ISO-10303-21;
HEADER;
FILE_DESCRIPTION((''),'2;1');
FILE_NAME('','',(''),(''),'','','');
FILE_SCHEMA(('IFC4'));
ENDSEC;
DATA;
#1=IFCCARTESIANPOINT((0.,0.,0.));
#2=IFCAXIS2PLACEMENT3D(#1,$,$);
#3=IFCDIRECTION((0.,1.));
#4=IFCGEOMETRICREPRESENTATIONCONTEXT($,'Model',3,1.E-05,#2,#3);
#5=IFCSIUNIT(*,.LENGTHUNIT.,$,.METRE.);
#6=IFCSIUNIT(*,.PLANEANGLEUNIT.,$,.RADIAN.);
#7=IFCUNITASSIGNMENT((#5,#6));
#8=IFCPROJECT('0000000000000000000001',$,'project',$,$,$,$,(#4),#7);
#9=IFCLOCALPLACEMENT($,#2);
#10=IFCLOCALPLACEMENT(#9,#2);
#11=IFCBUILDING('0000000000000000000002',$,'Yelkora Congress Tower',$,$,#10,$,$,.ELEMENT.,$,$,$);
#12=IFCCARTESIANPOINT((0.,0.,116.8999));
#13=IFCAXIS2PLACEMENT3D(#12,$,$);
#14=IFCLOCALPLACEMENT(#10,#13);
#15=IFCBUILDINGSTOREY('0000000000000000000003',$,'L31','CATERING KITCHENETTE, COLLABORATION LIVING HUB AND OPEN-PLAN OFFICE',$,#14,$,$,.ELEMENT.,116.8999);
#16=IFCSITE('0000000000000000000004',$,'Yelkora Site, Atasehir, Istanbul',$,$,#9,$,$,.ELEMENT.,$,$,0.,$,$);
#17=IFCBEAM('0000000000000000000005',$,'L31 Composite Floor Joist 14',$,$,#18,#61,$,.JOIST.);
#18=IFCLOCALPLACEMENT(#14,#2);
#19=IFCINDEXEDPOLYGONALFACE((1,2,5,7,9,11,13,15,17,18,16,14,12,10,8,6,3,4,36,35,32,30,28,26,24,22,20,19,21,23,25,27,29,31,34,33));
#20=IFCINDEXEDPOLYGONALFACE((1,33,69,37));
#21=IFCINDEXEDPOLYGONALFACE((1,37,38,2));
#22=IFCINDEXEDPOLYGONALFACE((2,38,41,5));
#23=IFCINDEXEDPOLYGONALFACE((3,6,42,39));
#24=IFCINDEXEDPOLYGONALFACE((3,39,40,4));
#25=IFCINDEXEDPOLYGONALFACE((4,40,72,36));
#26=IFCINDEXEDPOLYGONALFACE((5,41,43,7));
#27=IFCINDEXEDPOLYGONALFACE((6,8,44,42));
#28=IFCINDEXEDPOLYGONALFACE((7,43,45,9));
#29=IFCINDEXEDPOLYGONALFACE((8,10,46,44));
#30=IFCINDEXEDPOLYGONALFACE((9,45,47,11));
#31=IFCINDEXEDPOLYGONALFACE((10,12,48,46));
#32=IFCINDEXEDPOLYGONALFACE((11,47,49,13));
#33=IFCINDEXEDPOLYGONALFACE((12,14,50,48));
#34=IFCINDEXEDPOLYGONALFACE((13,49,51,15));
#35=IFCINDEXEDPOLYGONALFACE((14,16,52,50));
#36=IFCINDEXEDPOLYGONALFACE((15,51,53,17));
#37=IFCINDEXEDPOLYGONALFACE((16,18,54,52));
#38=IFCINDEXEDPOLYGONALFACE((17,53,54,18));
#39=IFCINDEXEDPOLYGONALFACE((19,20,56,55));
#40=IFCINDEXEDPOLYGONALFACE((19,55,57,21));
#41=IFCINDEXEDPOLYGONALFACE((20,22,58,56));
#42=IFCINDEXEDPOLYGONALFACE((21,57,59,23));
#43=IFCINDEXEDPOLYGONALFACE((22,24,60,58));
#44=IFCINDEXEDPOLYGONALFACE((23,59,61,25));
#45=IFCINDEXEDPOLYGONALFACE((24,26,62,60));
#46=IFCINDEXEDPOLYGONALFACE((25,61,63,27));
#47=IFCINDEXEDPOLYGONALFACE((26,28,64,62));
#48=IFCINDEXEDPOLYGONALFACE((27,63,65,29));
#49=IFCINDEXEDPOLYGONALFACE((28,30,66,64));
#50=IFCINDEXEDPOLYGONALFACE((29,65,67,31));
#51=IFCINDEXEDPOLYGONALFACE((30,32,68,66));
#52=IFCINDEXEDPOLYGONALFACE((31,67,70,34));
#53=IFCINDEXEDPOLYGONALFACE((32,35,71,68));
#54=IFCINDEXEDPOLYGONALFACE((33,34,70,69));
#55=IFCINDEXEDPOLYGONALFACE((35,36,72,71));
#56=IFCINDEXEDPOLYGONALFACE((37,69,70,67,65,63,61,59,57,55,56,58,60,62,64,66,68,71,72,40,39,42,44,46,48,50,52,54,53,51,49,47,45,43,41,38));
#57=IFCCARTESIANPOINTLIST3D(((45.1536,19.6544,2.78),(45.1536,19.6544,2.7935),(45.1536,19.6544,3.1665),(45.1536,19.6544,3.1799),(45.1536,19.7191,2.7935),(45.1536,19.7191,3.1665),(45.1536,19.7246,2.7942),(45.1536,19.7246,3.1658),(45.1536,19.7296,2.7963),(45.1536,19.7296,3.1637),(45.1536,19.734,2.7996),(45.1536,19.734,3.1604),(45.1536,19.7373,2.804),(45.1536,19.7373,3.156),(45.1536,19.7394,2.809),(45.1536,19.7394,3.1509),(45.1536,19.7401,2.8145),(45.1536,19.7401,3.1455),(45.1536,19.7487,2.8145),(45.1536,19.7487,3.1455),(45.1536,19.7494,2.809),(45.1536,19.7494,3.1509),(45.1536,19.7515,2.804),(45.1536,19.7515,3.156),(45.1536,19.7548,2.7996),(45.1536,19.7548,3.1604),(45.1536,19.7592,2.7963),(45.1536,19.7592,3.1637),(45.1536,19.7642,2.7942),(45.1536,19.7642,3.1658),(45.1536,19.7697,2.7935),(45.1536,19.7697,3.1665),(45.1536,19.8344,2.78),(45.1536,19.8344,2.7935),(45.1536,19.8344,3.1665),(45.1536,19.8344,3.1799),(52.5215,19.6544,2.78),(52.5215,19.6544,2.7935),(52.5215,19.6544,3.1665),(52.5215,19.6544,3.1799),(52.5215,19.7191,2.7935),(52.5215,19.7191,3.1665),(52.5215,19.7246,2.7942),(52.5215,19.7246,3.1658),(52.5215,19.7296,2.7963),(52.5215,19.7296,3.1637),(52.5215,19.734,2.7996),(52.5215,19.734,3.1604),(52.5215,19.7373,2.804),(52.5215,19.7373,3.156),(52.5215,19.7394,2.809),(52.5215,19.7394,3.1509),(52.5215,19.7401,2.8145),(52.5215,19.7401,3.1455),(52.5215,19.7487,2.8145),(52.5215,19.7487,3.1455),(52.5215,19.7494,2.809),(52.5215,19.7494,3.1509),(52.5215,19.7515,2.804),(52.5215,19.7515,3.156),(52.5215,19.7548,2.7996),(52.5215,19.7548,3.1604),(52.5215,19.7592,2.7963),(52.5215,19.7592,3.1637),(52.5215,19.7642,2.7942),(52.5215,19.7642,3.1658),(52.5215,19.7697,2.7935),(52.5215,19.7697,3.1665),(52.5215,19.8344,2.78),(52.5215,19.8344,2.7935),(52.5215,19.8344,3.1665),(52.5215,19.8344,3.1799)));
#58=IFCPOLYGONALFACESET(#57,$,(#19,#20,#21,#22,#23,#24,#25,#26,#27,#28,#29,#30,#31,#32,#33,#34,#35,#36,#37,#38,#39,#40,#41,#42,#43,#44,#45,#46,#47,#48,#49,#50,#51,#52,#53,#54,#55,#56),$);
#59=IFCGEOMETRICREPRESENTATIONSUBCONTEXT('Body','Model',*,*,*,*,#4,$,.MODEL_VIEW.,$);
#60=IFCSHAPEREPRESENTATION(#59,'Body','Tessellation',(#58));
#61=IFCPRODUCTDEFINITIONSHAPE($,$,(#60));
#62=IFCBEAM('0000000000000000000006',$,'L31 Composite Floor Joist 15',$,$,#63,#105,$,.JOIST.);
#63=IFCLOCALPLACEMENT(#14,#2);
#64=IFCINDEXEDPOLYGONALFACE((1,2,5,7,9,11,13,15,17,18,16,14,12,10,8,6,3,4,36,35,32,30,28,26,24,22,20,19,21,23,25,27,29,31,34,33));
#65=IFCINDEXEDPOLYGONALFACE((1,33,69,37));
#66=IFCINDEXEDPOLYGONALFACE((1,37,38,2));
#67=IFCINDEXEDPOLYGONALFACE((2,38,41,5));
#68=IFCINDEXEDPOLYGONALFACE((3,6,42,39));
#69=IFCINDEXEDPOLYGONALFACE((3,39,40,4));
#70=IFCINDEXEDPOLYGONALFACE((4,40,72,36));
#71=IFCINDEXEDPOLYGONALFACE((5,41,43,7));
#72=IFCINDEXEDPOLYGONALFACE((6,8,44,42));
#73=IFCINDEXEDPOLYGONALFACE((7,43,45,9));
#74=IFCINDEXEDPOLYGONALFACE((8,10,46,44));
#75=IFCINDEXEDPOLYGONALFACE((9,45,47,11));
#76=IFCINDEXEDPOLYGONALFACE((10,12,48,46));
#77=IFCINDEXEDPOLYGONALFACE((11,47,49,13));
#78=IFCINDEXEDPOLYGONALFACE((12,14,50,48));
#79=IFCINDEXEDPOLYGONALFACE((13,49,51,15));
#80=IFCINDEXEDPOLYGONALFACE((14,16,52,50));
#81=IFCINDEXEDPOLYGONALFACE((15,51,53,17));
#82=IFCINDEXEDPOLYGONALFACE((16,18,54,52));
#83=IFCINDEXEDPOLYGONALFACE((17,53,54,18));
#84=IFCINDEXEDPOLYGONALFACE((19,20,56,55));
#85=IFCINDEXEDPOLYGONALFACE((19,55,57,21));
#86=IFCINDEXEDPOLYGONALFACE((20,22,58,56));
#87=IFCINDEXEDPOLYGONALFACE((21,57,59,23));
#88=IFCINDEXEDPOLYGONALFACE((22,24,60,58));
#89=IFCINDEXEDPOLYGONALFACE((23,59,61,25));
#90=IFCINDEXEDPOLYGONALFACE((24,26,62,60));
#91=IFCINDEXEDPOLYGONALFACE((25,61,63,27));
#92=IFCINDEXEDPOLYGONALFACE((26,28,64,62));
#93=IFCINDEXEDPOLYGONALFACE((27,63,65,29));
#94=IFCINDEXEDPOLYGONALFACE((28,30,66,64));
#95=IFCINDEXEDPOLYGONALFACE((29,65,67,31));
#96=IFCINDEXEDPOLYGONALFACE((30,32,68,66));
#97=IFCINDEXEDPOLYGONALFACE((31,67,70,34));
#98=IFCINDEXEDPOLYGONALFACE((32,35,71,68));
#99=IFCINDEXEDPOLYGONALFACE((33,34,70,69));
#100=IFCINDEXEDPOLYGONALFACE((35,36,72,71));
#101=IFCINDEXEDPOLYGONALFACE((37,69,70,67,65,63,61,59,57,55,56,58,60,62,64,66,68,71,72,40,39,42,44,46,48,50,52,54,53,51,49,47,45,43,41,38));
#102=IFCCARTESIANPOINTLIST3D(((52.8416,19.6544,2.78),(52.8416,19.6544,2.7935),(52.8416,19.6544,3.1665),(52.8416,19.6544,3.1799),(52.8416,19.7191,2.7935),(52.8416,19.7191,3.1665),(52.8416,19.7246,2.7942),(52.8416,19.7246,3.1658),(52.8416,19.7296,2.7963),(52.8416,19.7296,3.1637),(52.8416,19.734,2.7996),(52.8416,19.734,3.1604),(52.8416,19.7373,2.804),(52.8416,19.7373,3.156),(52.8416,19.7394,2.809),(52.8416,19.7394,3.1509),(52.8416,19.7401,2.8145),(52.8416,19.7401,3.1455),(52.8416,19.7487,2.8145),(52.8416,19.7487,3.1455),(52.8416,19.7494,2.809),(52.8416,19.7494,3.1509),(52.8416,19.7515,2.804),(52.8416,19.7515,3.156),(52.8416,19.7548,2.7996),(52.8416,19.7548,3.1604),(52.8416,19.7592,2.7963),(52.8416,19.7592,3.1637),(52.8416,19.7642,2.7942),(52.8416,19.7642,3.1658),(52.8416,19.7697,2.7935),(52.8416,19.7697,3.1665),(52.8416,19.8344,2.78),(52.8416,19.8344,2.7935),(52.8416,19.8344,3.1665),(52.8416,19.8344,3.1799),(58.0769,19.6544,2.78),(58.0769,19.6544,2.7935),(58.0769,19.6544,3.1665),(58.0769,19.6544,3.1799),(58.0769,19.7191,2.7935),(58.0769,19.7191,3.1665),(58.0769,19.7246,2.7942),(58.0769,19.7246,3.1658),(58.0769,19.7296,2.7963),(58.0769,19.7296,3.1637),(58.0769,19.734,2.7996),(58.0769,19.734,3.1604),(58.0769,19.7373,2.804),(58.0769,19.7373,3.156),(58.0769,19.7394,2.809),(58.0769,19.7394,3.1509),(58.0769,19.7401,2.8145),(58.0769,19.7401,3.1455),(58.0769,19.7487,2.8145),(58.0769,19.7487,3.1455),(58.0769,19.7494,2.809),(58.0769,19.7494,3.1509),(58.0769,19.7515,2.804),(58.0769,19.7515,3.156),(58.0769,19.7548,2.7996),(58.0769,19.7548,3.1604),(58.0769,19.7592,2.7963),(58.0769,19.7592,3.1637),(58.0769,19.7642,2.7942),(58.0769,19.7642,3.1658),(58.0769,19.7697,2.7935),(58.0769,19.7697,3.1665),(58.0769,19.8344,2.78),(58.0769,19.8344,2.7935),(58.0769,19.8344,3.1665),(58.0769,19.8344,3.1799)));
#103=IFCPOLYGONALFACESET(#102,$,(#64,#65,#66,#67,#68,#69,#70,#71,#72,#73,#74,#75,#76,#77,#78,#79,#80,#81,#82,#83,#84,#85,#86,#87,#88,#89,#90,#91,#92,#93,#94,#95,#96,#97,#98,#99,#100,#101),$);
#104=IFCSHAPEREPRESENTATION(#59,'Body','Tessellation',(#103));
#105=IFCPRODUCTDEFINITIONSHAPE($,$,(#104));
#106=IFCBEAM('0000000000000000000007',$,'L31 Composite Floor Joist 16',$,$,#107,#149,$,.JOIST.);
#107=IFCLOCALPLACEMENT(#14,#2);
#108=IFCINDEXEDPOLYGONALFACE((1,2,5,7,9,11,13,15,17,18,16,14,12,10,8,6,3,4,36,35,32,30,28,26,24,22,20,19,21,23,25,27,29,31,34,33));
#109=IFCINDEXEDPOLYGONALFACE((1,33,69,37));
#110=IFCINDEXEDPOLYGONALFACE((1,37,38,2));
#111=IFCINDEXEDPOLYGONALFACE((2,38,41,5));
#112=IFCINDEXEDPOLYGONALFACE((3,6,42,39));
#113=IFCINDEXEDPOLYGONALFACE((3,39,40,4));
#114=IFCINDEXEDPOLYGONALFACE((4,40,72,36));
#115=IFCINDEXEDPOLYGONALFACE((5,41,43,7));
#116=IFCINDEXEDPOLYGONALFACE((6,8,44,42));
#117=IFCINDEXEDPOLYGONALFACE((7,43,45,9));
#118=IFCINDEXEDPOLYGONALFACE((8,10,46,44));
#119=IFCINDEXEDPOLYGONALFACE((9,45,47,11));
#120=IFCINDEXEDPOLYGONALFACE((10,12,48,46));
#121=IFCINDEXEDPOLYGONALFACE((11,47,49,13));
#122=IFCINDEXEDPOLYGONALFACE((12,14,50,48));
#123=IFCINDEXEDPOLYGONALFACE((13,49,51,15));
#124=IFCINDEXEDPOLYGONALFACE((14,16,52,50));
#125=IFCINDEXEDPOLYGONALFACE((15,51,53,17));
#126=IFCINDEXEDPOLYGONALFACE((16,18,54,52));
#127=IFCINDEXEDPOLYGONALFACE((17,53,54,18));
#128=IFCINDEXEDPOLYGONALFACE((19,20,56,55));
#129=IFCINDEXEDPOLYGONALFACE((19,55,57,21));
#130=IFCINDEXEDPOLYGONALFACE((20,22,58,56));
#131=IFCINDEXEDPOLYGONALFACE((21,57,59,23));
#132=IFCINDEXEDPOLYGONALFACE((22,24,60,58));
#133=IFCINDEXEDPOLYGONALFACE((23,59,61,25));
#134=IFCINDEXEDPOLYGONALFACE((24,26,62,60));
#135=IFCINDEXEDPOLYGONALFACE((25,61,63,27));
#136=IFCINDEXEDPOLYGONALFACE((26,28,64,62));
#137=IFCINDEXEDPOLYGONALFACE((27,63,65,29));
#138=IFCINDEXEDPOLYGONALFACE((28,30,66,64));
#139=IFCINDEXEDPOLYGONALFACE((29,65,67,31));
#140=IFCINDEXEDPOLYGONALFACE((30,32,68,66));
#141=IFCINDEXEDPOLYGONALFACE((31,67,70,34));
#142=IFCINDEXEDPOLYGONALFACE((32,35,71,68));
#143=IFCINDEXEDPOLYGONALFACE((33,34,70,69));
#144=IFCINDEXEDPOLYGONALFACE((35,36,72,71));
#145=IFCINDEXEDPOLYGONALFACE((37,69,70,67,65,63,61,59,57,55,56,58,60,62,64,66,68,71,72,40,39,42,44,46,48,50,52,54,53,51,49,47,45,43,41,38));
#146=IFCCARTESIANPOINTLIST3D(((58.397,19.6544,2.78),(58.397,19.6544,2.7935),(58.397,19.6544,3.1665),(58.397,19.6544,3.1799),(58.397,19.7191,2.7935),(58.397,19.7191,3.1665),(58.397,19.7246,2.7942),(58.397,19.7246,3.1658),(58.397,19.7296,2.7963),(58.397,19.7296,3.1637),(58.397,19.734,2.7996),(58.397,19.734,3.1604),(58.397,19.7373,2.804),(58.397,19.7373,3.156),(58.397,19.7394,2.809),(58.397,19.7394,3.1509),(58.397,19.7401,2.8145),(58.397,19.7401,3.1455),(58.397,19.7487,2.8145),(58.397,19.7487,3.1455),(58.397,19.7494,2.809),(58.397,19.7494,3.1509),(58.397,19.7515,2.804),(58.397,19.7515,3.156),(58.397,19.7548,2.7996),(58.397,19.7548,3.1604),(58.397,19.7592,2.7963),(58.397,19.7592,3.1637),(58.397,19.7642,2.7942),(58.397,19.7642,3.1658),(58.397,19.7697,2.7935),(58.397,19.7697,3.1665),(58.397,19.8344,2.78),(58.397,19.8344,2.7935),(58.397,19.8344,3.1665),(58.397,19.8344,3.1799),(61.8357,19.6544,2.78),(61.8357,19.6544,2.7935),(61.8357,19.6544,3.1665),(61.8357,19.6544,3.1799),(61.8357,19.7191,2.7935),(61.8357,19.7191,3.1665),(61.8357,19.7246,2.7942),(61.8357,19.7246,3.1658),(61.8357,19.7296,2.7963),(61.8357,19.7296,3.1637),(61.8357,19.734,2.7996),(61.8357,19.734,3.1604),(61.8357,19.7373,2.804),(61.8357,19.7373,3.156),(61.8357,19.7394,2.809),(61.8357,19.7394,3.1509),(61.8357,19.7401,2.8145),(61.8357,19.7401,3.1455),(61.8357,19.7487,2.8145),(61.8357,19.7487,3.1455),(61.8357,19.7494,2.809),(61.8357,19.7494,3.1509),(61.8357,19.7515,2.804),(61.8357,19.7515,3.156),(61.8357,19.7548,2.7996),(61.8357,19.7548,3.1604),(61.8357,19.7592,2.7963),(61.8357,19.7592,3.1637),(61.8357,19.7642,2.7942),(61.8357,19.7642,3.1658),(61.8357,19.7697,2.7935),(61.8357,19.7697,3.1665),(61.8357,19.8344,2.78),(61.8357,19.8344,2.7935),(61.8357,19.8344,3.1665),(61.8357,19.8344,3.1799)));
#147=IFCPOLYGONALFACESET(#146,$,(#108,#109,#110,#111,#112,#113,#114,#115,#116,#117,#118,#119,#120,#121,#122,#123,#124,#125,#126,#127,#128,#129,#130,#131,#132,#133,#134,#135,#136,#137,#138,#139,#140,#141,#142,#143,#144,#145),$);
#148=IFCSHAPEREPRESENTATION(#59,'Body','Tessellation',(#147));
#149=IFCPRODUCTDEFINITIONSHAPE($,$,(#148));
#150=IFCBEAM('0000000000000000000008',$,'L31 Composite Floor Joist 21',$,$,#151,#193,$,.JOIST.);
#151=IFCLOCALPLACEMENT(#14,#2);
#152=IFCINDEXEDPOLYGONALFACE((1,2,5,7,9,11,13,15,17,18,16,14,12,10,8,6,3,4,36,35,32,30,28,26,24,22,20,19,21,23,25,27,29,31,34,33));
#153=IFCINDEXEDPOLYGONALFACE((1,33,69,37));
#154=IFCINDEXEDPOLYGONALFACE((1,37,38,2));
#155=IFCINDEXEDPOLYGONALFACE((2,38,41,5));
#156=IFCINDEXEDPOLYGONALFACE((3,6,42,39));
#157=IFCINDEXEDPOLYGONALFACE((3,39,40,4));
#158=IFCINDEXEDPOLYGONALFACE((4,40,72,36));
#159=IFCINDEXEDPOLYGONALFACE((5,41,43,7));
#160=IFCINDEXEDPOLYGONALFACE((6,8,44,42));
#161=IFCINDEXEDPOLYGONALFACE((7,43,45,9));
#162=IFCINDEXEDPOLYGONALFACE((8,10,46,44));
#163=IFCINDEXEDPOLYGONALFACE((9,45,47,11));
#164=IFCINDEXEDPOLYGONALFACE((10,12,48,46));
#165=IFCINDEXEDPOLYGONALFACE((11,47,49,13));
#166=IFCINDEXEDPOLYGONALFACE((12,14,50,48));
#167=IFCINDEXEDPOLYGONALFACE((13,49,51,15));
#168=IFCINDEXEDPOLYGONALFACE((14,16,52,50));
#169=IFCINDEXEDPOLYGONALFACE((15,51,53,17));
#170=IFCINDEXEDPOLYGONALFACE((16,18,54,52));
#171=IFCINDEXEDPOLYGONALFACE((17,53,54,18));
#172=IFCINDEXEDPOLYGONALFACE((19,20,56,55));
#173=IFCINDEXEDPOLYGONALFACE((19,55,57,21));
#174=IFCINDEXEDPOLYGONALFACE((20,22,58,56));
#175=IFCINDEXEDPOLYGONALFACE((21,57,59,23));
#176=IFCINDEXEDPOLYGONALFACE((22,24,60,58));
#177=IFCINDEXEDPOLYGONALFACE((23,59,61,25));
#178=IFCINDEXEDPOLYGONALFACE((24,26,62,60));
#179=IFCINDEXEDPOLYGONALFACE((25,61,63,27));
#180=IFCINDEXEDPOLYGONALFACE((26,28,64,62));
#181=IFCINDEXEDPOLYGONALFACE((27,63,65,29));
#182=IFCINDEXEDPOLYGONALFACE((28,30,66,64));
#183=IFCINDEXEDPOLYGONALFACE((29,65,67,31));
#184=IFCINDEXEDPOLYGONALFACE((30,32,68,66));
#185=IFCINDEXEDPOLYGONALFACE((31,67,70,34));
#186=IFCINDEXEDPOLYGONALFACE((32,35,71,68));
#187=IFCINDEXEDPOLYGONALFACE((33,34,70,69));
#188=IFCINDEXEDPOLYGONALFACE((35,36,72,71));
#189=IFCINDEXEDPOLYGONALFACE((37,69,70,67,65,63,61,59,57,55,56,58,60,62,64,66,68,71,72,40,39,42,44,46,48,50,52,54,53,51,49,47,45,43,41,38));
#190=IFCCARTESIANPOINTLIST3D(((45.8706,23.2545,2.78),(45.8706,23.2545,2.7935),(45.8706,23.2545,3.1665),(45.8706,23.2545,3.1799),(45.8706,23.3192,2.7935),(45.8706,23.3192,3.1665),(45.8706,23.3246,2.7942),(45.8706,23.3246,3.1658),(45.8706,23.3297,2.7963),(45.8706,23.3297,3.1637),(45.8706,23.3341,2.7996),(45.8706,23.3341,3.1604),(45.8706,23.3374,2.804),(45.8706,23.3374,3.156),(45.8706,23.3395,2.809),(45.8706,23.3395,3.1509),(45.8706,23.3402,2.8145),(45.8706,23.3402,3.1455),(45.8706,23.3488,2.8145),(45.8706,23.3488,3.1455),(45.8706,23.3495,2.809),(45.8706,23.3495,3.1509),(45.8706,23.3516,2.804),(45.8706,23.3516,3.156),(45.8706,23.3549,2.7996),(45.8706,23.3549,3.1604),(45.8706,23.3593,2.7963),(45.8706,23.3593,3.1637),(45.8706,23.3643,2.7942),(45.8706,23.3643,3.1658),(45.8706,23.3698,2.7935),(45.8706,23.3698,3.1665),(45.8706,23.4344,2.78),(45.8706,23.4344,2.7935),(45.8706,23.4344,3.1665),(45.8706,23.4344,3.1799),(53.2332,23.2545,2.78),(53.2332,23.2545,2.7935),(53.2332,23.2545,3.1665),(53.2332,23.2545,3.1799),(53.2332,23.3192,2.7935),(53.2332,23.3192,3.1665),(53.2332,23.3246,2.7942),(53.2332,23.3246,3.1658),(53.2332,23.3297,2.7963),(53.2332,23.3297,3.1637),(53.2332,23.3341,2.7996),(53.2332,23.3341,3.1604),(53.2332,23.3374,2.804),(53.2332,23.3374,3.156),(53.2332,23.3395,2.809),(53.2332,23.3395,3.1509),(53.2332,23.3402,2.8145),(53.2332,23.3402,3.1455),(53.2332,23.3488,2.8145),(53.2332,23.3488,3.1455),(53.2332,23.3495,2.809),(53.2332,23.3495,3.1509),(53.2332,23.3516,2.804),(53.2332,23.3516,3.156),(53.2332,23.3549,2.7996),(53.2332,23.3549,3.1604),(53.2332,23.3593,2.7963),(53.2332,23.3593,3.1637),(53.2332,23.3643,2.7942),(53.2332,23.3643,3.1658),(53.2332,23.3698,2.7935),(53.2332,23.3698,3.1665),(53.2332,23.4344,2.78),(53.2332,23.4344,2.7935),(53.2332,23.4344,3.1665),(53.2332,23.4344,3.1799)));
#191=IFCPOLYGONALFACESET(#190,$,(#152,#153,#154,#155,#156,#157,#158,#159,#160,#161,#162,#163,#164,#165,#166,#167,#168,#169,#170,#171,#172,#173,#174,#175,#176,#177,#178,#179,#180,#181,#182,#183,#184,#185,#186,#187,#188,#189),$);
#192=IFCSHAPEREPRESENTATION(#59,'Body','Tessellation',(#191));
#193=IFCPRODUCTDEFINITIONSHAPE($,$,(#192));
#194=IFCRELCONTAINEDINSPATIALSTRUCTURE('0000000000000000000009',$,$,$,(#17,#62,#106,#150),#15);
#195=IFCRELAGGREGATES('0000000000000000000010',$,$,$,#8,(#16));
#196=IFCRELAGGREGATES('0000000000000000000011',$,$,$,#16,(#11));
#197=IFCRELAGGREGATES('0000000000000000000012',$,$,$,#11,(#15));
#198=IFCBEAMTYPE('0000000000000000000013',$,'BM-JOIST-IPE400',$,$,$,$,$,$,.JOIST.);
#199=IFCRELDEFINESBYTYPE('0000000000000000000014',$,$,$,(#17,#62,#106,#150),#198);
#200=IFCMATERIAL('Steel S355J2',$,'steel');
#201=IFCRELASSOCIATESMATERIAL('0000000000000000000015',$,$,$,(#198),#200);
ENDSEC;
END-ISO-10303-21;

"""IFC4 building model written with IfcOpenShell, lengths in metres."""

from ifc_helpers import new_model, si_unit, direction, frame, origin, origin_2d, place, context, subcontext, project, spatial, i_section, extrude, material, material_profile, profile_set, type_object, element, save


model = new_model("IFC4")

# Units and contexts
model_context = context("Model", 3, precision=1e-05, world=origin(), true_north=direction((0.0, 1.0)))
body_context = subcontext(model_context, "Body", "Model", "MODEL_VIEW")
ifc_project = project(units=[si_unit("LENGTHUNIT", "METRE"), si_unit("PLANEANGLEUNIT", "RADIAN")], contexts=[model_context])

# Site, building, storey
site_placement = place(None, origin())
site = spatial("IfcSite", under=ifc_project, at=site_placement, Name="Yelkora Site, Atasehir, Istanbul", CompositionType="ELEMENT", RefElevation=0.0)
building_placement = place(site_placement, origin())
building = spatial("IfcBuilding", under=site, at=building_placement, Name="Yelkora Congress Tower", CompositionType="ELEMENT")
storey_placement = place(building_placement, frame((0.0, 0.0, 116.8999)))
storey = spatial("IfcBuildingStorey", under=building, at=storey_placement, Name="L31", Description="CATERING KITCHENETTE, COLLABORATION LIVING HUB AND OPEN-PLAN OFFICE", CompositionType="ELEMENT", Elevation=116.8999)

# Beams
ifc_material_1 = material(Name="Steel S355J2", Category="steel")
ifc_material_profile_1 = material_profile(ifc_material_1, i_section(OverallWidth=0.1799, OverallDepth=0.3999, WebThickness=0.0085, FlangeThickness=0.0134, FilletRadius=0.021, at=origin_2d()), Name="IPE 400")
ifc_profile_set_1 = profile_set([ifc_material_profile_1], Name="Steel S355J2")
beam_type_1 = type_object("IfcBeamType", Name="BM-JOIST-IPE400", PredefinedType="JOIST", material=ifc_profile_set_1)
beam_1_placement = place(storey_placement, frame((45.1536, 19.7444, 2.98), z_axis=(1.0, 0.0, 0.0), x_axis=(0.0, 1.0, 0.0)))
element("IfcBeam", 1, at=beam_1_placement, inside=storey, type_object=beam_type_1, Name="L31 Composite Floor Joist 14", PredefinedType="JOIST", context=body_context, shape_type="SweptSolid", body=[
    extrude(i_section(OverallWidth=0.1799, OverallDepth=0.3999, WebThickness=0.0085, FlangeThickness=0.0134, FilletRadius=0.021, at=origin_2d()), origin(), (0.0, 0.0, 1.0), 7.3679),
])
beam_2_placement = place(storey_placement, frame((52.8416, 19.7444, 2.98), z_axis=(1.0, 0.0, 0.0), x_axis=(0.0, 1.0, 0.0)))
element("IfcBeam", 2, at=beam_2_placement, inside=storey, type_object=beam_type_1, Name="L31 Composite Floor Joist 15", PredefinedType="JOIST", context=body_context, shape_type="SweptSolid", body=[
    extrude(i_section(OverallWidth=0.1799, OverallDepth=0.3999, WebThickness=0.0085, FlangeThickness=0.0134, FilletRadius=0.021, at=origin_2d()), origin(), (0.0, 0.0, 1.0), 5.2354),
])
beam_3_placement = place(storey_placement, frame((58.397, 19.7444, 2.98), z_axis=(1.0, 0.0, 0.0), x_axis=(0.0, 1.0, 0.0)))
element("IfcBeam", 3, at=beam_3_placement, inside=storey, type_object=beam_type_1, Name="L31 Composite Floor Joist 16", PredefinedType="JOIST", context=body_context, shape_type="SweptSolid", body=[
    extrude(i_section(OverallWidth=0.1799, OverallDepth=0.3999, WebThickness=0.0085, FlangeThickness=0.0134, FilletRadius=0.021, at=origin_2d()), origin(), (0.0, 0.0, 1.0), 3.4387),
])
beam_4_placement = place(storey_placement, frame((45.8706, 23.3445, 2.98), z_axis=(1.0, 0.0, 0.0), x_axis=(0.0, 1.0, 0.0)))
element("IfcBeam", 4, at=beam_4_placement, inside=storey, type_object=beam_type_1, Name="L31 Composite Floor Joist 21", PredefinedType="JOIST", context=body_context, shape_type="SweptSolid", body=[
    extrude(i_section(OverallWidth=0.1799, OverallDepth=0.3999, WebThickness=0.0085, FlangeThickness=0.0134, FilletRadius=0.021, at=origin_2d()), origin(), (0.0, 0.0, 1.0), 7.3625),
])

save(model, "model.ifc")
